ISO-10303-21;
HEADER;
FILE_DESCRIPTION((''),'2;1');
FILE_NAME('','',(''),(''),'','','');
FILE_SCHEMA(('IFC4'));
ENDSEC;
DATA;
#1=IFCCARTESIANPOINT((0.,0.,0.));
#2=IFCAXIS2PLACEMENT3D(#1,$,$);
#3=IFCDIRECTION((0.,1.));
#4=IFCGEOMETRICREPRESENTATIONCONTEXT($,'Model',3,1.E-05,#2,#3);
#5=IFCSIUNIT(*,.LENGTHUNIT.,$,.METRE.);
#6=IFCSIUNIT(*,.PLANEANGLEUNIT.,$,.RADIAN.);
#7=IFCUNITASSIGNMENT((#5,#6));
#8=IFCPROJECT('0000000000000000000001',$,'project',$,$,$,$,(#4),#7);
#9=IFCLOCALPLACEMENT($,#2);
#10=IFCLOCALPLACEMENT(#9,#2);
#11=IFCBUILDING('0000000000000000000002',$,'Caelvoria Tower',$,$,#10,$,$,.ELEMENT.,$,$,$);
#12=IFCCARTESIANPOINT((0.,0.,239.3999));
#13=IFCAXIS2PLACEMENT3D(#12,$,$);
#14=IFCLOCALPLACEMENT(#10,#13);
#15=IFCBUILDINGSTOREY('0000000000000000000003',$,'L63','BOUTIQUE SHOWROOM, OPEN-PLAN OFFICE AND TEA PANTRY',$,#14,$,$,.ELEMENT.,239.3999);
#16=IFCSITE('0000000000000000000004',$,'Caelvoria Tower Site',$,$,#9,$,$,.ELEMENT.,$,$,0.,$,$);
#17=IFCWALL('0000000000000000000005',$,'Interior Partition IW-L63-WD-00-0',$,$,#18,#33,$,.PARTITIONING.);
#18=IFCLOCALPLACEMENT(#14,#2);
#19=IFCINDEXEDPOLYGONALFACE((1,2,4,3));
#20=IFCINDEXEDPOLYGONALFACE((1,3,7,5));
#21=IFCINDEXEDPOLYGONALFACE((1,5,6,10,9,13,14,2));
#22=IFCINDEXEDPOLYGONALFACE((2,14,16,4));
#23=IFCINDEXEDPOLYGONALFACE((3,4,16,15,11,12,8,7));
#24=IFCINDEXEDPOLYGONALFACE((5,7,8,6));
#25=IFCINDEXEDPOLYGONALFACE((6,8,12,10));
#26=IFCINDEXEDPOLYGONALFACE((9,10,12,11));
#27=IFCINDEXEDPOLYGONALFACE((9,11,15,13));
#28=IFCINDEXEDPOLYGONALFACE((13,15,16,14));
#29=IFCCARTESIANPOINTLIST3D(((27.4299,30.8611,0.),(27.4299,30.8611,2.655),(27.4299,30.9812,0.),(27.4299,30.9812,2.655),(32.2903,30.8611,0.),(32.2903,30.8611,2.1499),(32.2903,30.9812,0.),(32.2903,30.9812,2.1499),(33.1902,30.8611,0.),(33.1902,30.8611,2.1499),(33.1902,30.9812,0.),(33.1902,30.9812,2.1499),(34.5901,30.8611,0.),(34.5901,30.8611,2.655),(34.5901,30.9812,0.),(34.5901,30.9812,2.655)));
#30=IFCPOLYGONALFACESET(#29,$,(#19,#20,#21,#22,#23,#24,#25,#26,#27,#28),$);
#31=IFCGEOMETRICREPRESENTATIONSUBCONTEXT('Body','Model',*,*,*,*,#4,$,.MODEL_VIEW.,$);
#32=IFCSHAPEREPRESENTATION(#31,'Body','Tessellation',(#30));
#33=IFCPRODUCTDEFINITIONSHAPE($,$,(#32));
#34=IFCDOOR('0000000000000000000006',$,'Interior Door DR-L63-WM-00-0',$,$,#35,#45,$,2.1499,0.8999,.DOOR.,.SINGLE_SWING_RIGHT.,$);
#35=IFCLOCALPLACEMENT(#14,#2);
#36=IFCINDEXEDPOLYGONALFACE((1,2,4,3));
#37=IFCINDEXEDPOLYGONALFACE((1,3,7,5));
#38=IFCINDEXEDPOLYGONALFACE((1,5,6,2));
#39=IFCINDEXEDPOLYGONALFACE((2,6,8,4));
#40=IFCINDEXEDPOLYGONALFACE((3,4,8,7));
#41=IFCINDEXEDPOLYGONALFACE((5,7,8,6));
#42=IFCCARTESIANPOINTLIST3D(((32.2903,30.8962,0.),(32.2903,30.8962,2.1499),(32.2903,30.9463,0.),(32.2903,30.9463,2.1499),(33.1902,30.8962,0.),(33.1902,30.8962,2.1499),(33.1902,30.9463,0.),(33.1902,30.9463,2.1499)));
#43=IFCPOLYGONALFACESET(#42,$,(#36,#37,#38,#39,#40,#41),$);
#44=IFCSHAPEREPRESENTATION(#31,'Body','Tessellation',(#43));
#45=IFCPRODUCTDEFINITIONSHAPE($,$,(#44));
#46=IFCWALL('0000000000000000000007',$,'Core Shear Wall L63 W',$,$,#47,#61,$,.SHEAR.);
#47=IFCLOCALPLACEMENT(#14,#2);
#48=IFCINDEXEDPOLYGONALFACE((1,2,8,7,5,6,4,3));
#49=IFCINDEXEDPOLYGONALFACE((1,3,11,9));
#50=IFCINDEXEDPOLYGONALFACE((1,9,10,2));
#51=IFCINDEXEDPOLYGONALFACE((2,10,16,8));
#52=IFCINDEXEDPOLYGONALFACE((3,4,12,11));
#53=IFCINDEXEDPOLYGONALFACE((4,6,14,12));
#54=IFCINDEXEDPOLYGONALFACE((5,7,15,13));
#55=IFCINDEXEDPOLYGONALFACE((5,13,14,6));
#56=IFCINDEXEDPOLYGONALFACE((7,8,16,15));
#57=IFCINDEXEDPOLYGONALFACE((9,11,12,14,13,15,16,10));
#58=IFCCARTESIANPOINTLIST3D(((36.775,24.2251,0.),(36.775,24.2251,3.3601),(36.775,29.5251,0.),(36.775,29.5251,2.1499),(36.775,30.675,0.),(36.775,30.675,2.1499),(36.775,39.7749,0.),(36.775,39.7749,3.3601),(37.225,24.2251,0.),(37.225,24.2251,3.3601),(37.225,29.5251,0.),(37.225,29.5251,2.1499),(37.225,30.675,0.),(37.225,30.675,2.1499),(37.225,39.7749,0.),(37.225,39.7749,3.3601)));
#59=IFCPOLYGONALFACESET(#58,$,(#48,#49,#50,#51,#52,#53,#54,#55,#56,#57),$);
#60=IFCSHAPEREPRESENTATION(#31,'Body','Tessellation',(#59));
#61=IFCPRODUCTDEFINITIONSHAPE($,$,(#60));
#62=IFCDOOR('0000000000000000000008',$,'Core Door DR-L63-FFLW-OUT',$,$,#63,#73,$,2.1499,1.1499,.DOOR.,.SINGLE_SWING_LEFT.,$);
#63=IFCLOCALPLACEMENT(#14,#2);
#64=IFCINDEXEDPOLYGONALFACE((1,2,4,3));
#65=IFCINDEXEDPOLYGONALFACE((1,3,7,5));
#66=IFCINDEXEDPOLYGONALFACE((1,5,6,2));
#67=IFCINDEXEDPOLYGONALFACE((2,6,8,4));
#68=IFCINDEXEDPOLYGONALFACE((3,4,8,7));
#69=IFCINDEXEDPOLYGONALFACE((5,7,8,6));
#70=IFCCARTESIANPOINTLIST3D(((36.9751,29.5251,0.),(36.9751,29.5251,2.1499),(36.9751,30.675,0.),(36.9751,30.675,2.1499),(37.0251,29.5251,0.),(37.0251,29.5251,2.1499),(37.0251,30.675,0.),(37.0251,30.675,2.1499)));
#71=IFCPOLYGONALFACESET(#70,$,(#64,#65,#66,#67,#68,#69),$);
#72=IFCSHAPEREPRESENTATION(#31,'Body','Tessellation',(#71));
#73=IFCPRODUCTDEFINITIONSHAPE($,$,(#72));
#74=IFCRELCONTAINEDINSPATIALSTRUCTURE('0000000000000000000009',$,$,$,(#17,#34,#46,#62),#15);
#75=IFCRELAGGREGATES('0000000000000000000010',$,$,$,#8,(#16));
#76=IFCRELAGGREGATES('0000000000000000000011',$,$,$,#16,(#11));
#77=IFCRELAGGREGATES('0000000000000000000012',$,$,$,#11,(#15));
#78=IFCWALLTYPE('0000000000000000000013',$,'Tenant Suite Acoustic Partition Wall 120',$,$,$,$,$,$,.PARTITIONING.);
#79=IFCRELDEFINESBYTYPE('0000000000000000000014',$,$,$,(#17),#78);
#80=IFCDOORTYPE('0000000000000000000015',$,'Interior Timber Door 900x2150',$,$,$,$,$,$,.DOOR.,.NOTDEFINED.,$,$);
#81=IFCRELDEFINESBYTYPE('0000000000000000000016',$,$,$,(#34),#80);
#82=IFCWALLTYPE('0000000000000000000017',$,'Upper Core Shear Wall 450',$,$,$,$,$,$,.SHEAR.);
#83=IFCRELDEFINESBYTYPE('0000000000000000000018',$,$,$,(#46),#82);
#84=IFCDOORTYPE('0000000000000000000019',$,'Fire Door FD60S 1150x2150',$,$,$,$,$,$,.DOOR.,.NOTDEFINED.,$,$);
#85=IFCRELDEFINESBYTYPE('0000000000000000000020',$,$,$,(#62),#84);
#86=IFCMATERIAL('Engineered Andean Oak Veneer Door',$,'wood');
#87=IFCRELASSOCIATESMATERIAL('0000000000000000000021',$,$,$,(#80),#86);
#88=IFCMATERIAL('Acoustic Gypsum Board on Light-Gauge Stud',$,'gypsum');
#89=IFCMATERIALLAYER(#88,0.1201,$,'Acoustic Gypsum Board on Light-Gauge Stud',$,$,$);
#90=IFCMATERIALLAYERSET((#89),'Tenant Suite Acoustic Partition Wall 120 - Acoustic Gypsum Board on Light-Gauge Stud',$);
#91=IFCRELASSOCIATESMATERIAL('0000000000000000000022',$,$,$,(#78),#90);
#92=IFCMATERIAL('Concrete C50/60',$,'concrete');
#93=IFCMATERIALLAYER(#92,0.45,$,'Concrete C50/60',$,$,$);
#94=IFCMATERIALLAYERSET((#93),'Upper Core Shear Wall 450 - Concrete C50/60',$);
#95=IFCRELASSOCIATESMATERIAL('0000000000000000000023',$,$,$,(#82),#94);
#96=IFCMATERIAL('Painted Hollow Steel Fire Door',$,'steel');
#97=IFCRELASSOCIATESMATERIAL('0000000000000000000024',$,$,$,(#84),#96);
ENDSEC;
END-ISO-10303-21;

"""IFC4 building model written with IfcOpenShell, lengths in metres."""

from ifc_helpers import new_model, si_unit, direction, frame, frame_2d, origin, place, context, subcontext, project, spatial, rectangle, extrude, material, layer, layer_set, type_object, element, fill, save


model = new_model("IFC4")

# Units and contexts
model_context = context("Model", 3, precision=1e-05, world=origin(), true_north=direction((0.0, 1.0)))
body_context = subcontext(model_context, "Body", "Model", "MODEL_VIEW")
ifc_project = project(units=[si_unit("LENGTHUNIT", "METRE"), si_unit("PLANEANGLEUNIT", "RADIAN")], contexts=[model_context])

# Site, building, storey
site_placement = place(None, origin())
site = spatial("IfcSite", under=ifc_project, at=site_placement, Name="Caelvoria Tower Site", CompositionType="ELEMENT", RefElevation=0.0)
building_placement = place(site_placement, origin())
building = spatial("IfcBuilding", under=site, at=building_placement, Name="Caelvoria Tower", CompositionType="ELEMENT")
storey_placement = place(building_placement, frame((0.0, 0.0, 239.3999)))
storey = spatial("IfcBuildingStorey", under=building, at=storey_placement, Name="L63", Description="BOUTIQUE SHOWROOM, OPEN-PLAN OFFICE AND TEA PANTRY", CompositionType="ELEMENT", Elevation=239.3999)

# Shared definitions
ifc_material_1 = material(Name="Concrete C50/60", Category="concrete")
ifc_material_2 = material(Name="Painted Hollow Steel Fire Door", Category="steel")

# Shared definitions
ifc_material_3 = material(Name="Engineered Andean Oak Veneer Door", Category="wood")
door_type_1 = type_object("IfcDoorType", Name="Interior Timber Door 900x2150", OperationType="NOTDEFINED", PredefinedType="DOOR", material=ifc_material_3)

# Walls, openings, doors
ifc_material_4 = material(Name="Acoustic Gypsum Board on Light-Gauge Stud", Category="gypsum")
ifc_layer_1 = layer(ifc_material_4, 0.1201, Name="Acoustic Gypsum Board on Light-Gauge Stud")
ifc_layer_set_1 = layer_set([ifc_layer_1], Name="Tenant Suite Acoustic Partition Wall 120 - Acoustic Gypsum Board on Light-Gauge Stud")
wall_type_1 = type_object("IfcWallType", Name="Tenant Suite Acoustic Partition Wall 120", PredefinedType="PARTITIONING", material=ifc_layer_set_1)
wall_1_placement = place(storey_placement, frame((34.5901, 30.9211, 0.0), z_axis=(0.0, 0.0, 1.0), x_axis=(-1.0, 0.0, 0.0)))
wall_1 = element("IfcWall", 1, at=wall_1_placement, inside=storey, type_object=wall_type_1, Name="Interior Partition IW-L63-WD-00-0", PredefinedType="PARTITIONING", context=body_context, shape_type="SweptSolid", body=[
    extrude(rectangle(XDim=7.1602, YDim=0.1201, at=frame_2d((3.5801, 0.0))), origin(), (0.0, 0.0, 1.0), 2.655),
])
opening_1_placement = place(wall_1_placement, frame((1.3999, 0.0, 0.0)))
opening_1 = element("IfcOpeningElement", 2, at=opening_1_placement, cuts=wall_1, PredefinedType="OPENING", context=body_context, shape_type="SweptSolid", body=[
    extrude(rectangle(XDim=0.8999, YDim=2.1499, at=frame_2d((0.45, 1.075))), frame((0.0, 0.0701, 0.0), z_axis=(0.0, -1.0, 0.0), x_axis=(1.0, 0.0, 0.0)), (0.0, 0.0, 1.0), 0.1401),
])
door_1_placement = place(opening_1_placement, origin())
door_1 = element("IfcDoor", 3, at=door_1_placement, inside=storey, type_object=door_type_1, Name="Interior Door DR-L63-WM-00-0", OperationType="SINGLE_SWING_RIGHT", OverallHeight=2.1499, OverallWidth=0.8999, PredefinedType="DOOR", context=body_context, shape_type="SweptSolid", body=[
    extrude(rectangle(XDim=0.8999, YDim=2.1499, at=frame_2d((0.45, 1.075))), frame((0.0, 0.0249, 0.0), z_axis=(0.0, -1.0, 0.0), x_axis=(1.0, 0.0, 0.0)), (0.0, 0.0, 1.0), 0.05),
])
fill(opening_1, door_1)
ifc_layer_2 = layer(ifc_material_1, 0.45, Name="Concrete C50/60")
ifc_layer_set_2 = layer_set([ifc_layer_2], Name="Upper Core Shear Wall 450 - Concrete C50/60")
wall_type_2 = type_object("IfcWallType", Name="Upper Core Shear Wall 450", PredefinedType="SHEAR", material=ifc_layer_set_2)
wall_2_placement = place(storey_placement, frame((37.0, 24.2251, 0.0), z_axis=(0.0, 0.0, 1.0), x_axis=(0.0, 1.0, 0.0)))
wall_2 = element("IfcWall", 4, at=wall_2_placement, inside=storey, type_object=wall_type_2, Name="Core Shear Wall L63 W", PredefinedType="SHEAR", context=body_context, shape_type="SweptSolid", body=[
    extrude(rectangle(XDim=15.5498, YDim=0.45, at=frame_2d((7.7749, 0.0))), origin(), (0.0, 0.0, 1.0), 3.3601),
])
opening_2_placement = place(wall_2_placement, frame((5.3, 0.0, 0.0)))
opening_2 = element("IfcOpeningElement", 5, at=opening_2_placement, cuts=wall_2, PredefinedType="OPENING", context=body_context, shape_type="SweptSolid", body=[
    extrude(rectangle(XDim=1.1499, YDim=2.1499, at=frame_2d((0.575, 1.075))), frame((0.0, 0.2349, 0.0), z_axis=(0.0, -1.0, 0.0), x_axis=(1.0, 0.0, 0.0)), (0.0, 0.0, 1.0), 0.47),
])
door_type_2 = type_object("IfcDoorType", Name="Fire Door FD60S 1150x2150", OperationType="NOTDEFINED", PredefinedType="DOOR", material=ifc_material_2)
door_2_placement = place(opening_2_placement, origin())
door_2 = element("IfcDoor", 6, at=door_2_placement, inside=storey, type_object=door_type_2, Name="Core Door DR-L63-FFLW-OUT", OperationType="SINGLE_SWING_LEFT", OverallHeight=2.1499, OverallWidth=1.1499, PredefinedType="DOOR", context=body_context, shape_type="SweptSolid", body=[
    extrude(rectangle(XDim=1.1499, YDim=2.1499, at=frame_2d((0.575, 1.075))), frame((0.0, 0.0249, 0.0), z_axis=(0.0, -1.0, 0.0), x_axis=(1.0, 0.0, 0.0)), (0.0, 0.0, 1.0), 0.05),
])
fill(opening_2, door_2)

save(model, "model.ifc")
